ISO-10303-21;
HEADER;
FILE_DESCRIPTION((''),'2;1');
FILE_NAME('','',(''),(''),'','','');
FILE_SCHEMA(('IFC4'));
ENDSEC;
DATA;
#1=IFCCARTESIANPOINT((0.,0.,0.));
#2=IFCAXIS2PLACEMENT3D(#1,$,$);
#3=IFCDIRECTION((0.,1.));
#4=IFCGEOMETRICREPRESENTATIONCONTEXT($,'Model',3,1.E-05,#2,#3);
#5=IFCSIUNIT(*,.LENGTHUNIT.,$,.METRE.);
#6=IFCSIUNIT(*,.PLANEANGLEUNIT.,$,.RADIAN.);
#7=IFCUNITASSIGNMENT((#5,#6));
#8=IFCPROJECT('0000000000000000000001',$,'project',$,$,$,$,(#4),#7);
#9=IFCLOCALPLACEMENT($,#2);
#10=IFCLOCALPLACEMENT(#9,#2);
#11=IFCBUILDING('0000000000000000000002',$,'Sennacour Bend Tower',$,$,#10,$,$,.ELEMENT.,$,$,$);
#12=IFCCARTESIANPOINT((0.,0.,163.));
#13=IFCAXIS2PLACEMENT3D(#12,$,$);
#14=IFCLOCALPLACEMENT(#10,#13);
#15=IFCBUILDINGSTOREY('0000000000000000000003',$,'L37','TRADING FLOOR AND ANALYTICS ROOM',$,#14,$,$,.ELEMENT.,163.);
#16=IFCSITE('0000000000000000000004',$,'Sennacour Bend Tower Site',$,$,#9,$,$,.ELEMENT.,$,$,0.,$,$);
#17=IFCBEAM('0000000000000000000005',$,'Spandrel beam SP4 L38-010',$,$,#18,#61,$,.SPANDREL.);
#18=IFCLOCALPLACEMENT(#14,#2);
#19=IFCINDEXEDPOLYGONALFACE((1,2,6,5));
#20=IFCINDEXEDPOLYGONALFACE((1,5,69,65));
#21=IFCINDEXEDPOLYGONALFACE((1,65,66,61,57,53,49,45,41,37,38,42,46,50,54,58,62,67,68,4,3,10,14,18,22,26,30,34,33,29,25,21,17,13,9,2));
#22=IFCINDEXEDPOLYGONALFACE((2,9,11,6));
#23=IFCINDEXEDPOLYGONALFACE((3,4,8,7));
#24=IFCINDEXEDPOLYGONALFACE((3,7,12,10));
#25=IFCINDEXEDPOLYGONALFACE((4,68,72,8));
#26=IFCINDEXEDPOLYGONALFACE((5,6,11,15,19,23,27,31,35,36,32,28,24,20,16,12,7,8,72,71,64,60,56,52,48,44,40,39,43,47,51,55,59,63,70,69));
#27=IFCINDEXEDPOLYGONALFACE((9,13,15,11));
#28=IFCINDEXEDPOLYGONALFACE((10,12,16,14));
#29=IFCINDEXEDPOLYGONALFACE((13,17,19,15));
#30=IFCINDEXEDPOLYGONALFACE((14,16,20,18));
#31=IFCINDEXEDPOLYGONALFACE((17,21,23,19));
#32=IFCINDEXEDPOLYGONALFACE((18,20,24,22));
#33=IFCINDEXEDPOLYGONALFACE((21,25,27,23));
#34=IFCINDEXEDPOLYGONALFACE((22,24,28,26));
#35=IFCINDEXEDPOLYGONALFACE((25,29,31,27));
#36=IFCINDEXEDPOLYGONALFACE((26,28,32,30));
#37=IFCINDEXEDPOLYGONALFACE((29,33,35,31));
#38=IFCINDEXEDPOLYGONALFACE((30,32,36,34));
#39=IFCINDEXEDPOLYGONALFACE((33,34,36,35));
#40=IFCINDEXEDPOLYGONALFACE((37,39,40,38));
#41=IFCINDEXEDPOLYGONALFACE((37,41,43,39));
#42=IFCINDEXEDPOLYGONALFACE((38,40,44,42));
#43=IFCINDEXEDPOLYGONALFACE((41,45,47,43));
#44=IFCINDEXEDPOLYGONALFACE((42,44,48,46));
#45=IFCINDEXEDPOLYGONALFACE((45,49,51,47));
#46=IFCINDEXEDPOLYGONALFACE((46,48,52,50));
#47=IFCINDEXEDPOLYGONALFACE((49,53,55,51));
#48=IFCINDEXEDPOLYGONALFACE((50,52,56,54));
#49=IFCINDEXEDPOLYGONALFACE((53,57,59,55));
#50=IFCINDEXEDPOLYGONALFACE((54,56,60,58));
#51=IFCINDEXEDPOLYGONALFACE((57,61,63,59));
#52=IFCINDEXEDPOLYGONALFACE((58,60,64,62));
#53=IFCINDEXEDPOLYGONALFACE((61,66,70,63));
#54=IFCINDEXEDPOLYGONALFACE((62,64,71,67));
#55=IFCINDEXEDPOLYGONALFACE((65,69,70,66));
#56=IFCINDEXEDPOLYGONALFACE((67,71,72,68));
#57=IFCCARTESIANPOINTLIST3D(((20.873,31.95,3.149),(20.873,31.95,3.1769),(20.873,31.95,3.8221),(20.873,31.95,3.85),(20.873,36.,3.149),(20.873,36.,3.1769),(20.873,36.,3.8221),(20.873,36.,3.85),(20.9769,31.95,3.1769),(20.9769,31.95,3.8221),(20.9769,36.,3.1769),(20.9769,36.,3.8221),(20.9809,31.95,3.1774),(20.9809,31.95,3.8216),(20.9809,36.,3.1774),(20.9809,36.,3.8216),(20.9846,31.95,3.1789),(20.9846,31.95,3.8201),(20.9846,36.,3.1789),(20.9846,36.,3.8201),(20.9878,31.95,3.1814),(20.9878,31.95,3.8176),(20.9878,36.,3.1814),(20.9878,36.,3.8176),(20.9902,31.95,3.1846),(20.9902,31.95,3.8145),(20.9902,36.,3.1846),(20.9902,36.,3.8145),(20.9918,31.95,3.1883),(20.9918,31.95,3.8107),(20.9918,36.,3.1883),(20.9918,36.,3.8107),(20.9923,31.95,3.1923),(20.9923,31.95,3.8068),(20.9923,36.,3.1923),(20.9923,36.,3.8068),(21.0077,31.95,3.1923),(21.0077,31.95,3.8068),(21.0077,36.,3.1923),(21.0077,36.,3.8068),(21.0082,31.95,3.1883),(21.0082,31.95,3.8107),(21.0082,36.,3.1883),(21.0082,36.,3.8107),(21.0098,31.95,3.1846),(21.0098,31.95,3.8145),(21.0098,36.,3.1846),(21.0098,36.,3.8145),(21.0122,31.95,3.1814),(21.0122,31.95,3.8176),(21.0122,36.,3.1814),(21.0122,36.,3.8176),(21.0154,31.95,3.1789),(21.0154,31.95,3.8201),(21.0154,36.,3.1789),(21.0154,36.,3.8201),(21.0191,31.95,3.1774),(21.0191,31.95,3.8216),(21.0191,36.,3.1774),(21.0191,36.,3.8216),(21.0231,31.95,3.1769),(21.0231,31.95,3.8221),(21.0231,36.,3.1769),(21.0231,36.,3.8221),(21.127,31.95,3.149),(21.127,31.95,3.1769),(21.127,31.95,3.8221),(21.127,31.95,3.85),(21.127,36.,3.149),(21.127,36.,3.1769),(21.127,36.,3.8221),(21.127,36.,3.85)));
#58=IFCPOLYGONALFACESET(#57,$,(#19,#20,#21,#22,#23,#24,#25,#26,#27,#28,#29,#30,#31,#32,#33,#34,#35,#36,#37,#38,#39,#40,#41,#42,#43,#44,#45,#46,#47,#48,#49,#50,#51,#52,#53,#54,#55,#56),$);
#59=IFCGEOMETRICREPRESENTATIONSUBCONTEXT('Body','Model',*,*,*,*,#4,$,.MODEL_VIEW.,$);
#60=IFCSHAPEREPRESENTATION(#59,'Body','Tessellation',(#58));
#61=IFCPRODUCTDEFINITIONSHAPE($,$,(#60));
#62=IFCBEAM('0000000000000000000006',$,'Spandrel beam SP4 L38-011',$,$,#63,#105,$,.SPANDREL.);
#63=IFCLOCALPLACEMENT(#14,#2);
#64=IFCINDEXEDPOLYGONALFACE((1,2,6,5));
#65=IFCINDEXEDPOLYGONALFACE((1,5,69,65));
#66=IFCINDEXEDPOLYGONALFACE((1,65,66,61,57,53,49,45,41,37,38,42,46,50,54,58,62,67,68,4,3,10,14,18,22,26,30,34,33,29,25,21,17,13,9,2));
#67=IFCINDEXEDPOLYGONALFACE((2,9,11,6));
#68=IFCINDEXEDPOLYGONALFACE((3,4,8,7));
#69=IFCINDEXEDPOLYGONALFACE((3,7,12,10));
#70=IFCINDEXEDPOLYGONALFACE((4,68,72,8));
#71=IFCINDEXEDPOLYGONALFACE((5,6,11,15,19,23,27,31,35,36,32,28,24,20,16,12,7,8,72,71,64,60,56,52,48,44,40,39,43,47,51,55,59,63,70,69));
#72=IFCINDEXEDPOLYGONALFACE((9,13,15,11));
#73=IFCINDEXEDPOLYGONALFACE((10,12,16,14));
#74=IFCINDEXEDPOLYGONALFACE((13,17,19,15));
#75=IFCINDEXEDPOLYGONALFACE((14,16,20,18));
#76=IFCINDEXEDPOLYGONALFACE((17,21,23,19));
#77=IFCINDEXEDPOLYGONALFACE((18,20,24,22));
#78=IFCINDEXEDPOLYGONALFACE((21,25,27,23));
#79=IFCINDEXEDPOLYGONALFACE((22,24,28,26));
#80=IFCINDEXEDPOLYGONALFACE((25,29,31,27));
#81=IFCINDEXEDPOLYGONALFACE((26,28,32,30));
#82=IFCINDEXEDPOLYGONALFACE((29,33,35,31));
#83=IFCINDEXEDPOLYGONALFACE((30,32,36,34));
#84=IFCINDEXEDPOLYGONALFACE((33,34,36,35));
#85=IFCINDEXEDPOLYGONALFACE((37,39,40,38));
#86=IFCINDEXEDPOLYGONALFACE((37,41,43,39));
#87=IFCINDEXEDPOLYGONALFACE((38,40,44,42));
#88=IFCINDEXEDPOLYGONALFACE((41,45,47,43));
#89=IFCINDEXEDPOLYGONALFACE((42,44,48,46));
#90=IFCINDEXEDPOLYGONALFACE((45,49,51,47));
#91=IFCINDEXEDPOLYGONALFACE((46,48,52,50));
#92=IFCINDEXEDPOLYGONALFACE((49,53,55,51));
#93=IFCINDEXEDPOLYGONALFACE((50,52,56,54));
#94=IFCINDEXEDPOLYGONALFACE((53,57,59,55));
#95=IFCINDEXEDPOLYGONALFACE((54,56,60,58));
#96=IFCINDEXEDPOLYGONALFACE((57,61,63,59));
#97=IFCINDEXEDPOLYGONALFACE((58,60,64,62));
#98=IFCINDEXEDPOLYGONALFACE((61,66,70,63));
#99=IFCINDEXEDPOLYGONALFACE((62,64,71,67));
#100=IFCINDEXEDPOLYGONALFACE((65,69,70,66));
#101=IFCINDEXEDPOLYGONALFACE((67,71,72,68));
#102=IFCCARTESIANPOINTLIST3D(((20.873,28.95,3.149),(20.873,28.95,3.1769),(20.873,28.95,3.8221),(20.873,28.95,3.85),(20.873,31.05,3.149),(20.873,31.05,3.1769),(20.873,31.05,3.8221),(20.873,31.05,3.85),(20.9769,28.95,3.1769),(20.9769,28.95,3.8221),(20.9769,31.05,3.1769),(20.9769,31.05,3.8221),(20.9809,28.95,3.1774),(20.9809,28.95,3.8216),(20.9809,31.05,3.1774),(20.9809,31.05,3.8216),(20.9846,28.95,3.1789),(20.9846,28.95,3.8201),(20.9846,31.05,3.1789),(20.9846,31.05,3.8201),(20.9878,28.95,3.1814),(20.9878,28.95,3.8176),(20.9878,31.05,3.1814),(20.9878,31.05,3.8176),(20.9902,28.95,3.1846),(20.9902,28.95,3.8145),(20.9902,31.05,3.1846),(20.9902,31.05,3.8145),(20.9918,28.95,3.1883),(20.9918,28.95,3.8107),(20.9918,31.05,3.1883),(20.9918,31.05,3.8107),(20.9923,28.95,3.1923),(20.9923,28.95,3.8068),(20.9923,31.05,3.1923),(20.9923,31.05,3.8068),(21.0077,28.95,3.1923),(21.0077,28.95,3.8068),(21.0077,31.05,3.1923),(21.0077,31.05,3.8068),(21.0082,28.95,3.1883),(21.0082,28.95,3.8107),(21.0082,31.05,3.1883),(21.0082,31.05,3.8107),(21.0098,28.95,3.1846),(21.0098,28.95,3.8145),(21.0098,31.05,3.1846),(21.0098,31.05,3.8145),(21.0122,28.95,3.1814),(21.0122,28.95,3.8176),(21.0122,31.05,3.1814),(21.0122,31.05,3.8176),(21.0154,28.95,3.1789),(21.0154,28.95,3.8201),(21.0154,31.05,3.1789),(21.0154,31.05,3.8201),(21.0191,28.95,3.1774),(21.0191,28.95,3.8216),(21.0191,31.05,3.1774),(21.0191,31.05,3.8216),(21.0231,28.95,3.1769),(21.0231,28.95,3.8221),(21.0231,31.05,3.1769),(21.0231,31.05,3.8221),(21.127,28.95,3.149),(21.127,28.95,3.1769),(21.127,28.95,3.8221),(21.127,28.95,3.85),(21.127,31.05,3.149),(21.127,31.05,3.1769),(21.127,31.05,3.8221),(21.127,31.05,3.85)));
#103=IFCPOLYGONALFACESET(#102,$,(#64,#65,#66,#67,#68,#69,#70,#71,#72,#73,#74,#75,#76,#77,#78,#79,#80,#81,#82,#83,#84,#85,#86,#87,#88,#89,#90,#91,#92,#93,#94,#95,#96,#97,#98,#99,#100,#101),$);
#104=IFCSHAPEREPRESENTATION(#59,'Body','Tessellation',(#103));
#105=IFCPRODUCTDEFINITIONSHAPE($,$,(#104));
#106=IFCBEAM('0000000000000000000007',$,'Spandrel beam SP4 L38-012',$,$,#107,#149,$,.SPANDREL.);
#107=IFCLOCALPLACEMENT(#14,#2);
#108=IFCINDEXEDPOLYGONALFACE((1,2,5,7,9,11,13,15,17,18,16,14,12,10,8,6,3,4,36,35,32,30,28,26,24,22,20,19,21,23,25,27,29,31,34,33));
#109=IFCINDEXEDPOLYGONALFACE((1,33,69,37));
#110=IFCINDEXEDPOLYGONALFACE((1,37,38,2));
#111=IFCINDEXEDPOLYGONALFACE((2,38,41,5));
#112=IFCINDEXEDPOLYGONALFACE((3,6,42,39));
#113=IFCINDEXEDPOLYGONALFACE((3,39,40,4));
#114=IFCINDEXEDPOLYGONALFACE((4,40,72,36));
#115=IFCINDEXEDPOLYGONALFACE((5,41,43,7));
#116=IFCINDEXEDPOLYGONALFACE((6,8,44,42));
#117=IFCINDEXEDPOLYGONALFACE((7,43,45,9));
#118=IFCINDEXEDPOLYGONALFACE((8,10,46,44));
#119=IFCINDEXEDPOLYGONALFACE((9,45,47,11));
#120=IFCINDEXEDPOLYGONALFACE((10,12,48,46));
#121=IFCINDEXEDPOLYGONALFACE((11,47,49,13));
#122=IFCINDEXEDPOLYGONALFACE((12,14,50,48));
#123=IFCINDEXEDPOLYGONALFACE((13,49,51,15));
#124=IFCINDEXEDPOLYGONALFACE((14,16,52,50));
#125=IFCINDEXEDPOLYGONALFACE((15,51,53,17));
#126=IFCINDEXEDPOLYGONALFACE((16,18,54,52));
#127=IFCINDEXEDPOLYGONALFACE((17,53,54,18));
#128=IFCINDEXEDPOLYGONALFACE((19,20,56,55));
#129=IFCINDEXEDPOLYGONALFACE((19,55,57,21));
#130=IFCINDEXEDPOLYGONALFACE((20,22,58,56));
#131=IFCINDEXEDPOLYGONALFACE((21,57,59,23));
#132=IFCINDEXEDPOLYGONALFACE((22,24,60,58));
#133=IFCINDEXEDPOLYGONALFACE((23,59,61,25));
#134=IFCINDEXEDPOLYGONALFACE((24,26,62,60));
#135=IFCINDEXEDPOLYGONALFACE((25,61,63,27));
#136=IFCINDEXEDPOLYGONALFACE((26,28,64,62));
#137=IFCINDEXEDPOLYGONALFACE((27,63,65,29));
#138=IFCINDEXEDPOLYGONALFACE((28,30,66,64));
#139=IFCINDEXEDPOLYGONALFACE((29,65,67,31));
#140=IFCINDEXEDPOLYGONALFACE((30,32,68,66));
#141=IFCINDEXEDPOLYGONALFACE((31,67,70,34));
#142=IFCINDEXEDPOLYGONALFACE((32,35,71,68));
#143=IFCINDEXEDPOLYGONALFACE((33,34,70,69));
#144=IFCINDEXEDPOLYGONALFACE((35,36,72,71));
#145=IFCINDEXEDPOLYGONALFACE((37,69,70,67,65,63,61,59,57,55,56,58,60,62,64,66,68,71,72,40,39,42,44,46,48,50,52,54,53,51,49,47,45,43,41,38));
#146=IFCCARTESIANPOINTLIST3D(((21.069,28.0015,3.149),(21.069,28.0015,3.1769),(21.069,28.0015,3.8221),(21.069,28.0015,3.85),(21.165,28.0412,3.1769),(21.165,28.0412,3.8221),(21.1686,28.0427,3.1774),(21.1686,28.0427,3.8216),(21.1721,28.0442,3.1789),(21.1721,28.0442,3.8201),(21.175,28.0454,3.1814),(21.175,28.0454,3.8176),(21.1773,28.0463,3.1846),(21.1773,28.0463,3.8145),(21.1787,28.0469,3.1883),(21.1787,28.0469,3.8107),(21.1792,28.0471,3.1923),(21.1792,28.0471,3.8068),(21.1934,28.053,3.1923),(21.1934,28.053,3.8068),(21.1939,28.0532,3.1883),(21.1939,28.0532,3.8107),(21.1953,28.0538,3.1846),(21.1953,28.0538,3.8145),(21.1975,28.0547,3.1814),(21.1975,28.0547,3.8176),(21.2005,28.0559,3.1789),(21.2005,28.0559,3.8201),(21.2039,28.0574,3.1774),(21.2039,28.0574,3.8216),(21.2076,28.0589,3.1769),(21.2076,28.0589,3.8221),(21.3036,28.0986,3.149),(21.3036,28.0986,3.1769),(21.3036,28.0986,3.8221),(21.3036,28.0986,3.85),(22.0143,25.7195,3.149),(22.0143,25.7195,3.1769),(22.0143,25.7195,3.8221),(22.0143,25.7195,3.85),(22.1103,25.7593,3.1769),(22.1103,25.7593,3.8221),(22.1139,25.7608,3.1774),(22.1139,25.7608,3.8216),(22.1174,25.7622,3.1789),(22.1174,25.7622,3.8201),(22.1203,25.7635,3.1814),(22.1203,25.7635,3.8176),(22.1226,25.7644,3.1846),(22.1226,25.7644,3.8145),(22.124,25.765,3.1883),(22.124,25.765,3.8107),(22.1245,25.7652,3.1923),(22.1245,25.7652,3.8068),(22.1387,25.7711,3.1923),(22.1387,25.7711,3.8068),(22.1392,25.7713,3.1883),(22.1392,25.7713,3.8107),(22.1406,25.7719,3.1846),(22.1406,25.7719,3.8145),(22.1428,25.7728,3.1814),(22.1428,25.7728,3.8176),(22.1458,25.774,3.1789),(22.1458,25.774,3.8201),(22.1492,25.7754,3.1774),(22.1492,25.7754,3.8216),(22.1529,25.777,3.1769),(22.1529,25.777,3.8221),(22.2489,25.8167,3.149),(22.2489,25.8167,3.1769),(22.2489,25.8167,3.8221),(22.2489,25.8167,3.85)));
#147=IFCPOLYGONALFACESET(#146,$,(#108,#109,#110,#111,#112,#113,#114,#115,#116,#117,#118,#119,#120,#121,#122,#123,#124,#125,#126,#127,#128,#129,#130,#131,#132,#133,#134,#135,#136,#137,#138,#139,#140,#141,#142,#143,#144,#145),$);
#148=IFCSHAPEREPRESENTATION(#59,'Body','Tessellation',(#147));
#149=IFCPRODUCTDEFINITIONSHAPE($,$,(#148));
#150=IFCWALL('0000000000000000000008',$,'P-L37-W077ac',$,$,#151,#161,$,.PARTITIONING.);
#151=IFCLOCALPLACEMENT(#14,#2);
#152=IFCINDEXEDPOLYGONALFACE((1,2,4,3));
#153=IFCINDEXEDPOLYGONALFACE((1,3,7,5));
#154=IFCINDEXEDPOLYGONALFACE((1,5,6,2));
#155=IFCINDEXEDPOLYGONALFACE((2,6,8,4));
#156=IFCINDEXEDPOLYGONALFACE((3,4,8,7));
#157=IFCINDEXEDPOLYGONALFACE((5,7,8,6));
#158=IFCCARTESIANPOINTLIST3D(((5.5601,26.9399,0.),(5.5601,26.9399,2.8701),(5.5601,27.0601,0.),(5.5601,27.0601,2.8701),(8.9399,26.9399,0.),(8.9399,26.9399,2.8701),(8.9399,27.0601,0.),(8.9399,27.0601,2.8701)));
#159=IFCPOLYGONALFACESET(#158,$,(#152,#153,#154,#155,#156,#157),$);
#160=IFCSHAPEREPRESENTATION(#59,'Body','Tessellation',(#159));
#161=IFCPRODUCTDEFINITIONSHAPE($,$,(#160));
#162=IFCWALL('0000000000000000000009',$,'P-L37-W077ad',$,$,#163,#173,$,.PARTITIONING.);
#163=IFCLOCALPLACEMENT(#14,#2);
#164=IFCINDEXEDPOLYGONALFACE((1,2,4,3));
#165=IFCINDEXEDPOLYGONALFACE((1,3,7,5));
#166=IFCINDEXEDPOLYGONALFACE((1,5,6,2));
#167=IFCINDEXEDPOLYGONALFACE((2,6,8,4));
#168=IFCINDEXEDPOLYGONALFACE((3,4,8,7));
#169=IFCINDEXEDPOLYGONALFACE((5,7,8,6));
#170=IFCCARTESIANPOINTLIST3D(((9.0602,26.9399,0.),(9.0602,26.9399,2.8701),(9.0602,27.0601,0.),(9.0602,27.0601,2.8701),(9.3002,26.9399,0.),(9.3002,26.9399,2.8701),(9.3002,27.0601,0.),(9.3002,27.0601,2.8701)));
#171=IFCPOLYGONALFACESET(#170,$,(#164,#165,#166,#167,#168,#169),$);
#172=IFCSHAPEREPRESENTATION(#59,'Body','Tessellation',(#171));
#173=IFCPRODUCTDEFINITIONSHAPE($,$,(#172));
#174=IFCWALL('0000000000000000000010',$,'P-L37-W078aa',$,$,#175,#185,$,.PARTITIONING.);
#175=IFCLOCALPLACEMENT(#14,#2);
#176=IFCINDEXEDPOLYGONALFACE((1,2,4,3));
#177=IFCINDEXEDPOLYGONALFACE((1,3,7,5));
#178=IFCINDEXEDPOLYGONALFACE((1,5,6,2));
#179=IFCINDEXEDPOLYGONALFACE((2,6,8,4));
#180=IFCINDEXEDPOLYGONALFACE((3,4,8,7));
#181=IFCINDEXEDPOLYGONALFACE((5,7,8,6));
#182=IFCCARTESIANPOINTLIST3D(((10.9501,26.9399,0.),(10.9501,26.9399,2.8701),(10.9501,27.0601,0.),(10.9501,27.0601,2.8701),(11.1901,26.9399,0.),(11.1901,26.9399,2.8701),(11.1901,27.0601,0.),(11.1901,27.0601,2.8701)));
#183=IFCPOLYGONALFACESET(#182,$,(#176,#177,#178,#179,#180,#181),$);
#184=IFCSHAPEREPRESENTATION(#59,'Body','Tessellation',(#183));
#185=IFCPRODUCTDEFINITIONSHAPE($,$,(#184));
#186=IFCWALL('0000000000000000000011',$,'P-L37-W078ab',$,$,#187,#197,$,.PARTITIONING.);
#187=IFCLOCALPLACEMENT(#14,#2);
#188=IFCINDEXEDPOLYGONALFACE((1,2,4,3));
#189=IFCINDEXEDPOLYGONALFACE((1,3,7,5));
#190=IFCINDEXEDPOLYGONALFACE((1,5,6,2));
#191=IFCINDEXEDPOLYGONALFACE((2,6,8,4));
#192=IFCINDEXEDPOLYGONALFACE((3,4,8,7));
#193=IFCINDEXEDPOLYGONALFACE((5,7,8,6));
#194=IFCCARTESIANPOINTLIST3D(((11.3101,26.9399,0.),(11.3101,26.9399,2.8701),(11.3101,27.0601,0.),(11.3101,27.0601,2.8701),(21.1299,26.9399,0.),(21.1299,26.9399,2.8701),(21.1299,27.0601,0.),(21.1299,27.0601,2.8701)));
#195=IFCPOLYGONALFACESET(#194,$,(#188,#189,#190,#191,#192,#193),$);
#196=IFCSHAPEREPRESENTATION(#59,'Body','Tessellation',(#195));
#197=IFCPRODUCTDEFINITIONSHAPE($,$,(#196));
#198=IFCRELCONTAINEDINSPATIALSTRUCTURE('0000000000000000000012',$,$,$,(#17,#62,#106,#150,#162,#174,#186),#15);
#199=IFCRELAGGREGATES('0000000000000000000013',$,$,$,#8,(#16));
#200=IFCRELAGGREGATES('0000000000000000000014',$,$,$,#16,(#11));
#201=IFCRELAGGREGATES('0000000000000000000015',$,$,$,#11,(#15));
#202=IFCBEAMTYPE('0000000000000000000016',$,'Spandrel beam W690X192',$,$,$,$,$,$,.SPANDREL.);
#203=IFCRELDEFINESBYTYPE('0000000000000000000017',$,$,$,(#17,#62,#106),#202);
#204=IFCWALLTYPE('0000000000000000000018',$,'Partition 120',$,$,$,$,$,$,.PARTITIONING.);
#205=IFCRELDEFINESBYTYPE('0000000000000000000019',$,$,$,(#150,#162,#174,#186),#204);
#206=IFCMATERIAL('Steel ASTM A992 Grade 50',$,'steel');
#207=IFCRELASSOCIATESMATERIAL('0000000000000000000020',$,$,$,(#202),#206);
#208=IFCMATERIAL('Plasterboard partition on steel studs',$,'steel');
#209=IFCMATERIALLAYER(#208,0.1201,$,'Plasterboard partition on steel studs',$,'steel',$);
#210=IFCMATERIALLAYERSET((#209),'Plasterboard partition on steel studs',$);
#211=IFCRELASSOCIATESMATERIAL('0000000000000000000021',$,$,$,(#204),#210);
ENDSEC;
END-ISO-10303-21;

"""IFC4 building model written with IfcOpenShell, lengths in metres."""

from ifc_helpers import new_model, si_unit, direction, frame, frame_2d, origin, origin_2d, place, context, subcontext, project, spatial, rectangle, i_section, extrude, material, layer, layer_set, material_profile, profile_set, type_object, element, save


model = new_model("IFC4")

# Units and contexts
model_context = context("Model", 3, precision=1e-05, world=origin(), true_north=direction((0.0, 1.0)))
body_context = subcontext(model_context, "Body", "Model", "MODEL_VIEW")
ifc_project = project(units=[si_unit("LENGTHUNIT", "METRE"), si_unit("PLANEANGLEUNIT", "RADIAN")], contexts=[model_context])

# Site, building, storey
site_placement = place(None, origin())
site = spatial("IfcSite", under=ifc_project, at=site_placement, Name="Sennacour Bend Tower Site", CompositionType="ELEMENT", RefElevation=0.0)
building_placement = place(site_placement, origin())
building = spatial("IfcBuilding", under=site, at=building_placement, Name="Sennacour Bend Tower", CompositionType="ELEMENT")
storey_placement = place(building_placement, frame((0.0, 0.0, 163.0)))
storey = spatial("IfcBuildingStorey", under=building, at=storey_placement, Name="L37", Description="TRADING FLOOR AND ANALYTICS ROOM", CompositionType="ELEMENT", Elevation=163.0)

# Beams
ifc_material_1 = material(Name="Steel ASTM A992 Grade 50", Category="steel")
ifc_material_profile_1 = material_profile(ifc_material_1, i_section(OverallWidth=0.2539, OverallDepth=0.7009, WebThickness=0.0154, FlangeThickness=0.0278, FilletRadius=0.0154, at=origin_2d()), Name="Steel ASTM A992 Grade 50", Category="steel")
ifc_profile_set_1 = profile_set([ifc_material_profile_1], Name="Steel ASTM A992 Grade 50")
beam_type_1 = type_object("IfcBeamType", Name="Spandrel beam W690X192", PredefinedType="SPANDREL", material=ifc_profile_set_1)
beam_1_placement = place(storey_placement, frame((21.0, 36.0, 3.4995), z_axis=(0.0, -1.0, 0.0), x_axis=(1.0, 0.0, 0.0)))
element("IfcBeam", 1, at=beam_1_placement, inside=storey, type_object=beam_type_1, Name="Spandrel beam SP4 L38-010", PredefinedType="SPANDREL", context=body_context, shape_type="SweptSolid", body=[
    extrude(i_section(OverallWidth=0.2539, OverallDepth=0.7009, WebThickness=0.0154, FlangeThickness=0.0278, FilletRadius=0.0154, at=origin_2d()), origin(), (0.0, 0.0, 1.0), 4.05),
])
beam_2_placement = place(storey_placement, frame((21.0, 31.05, 3.4995), z_axis=(0.0, -1.0, 0.0), x_axis=(1.0, 0.0, 0.0)))
element("IfcBeam", 2, at=beam_2_placement, inside=storey, type_object=beam_type_1, Name="Spandrel beam SP4 L38-011", PredefinedType="SPANDREL", context=body_context, shape_type="SweptSolid", body=[
    extrude(i_section(OverallWidth=0.2539, OverallDepth=0.7009, WebThickness=0.0154, FlangeThickness=0.0278, FilletRadius=0.0154, at=origin_2d()), origin(), (0.0, 0.0, 1.0), 2.1001),
])
beam_3_placement = place(storey_placement, frame((21.1863, 28.05, 3.4995), z_axis=(0.382713, -0.923867, 0.0), x_axis=(0.923867, 0.382713, 0.0)))
element("IfcBeam", 3, at=beam_3_placement, inside=storey, type_object=beam_type_1, Name="Spandrel beam SP4 L38-012", PredefinedType="SPANDREL", context=body_context, shape_type="SweptSolid", body=[
    extrude(i_section(OverallWidth=0.2539, OverallDepth=0.7009, WebThickness=0.0154, FlangeThickness=0.0278, FilletRadius=0.0154, at=origin_2d()), origin(), (0.0, 0.0, 1.0), 2.47),
])

# Walls
ifc_material_2 = material(Name="Plasterboard partition on steel studs", Category="steel")
ifc_layer_1 = layer(ifc_material_2, 0.1201, Name="Plasterboard partition on steel studs", Category="steel")
ifc_layer_set_1 = layer_set([ifc_layer_1], Name="Plasterboard partition on steel studs")
wall_type_1 = type_object("IfcWallType", Name="Partition 120", PredefinedType="PARTITIONING", material=ifc_layer_set_1)
wall_1_placement = place(storey_placement, frame((5.5601, 27.0, 0.0), z_axis=(0.0, 0.0, 1.0), x_axis=(1.0, 0.0, 0.0)))
element("IfcWall", 4, at=wall_1_placement, inside=storey, type_object=wall_type_1, Name="P-L37-W077ac", PredefinedType="PARTITIONING", context=body_context, shape_type="SweptSolid", body=[
    extrude(rectangle(XDim=3.3799, YDim=0.1201, at=frame_2d((1.6899, 0.0))), origin(), (0.0, 0.0, 1.0), 2.8701),
])
for number, where, z_axis, x_axis, name in (
    (5, (9.0601, 27.0, 0.0), (0.0, 0.0, 1.0), (1.0, 0.0, 0.0), "P-L37-W077ad"),
    (6, (10.95, 27.0, 0.0), (0.0, 0.0, 1.0), (1.0, 0.0, 0.0), "P-L37-W078aa"),
):
    element("IfcWall", number, at=place(storey_placement, frame(where, z_axis=z_axis, x_axis=x_axis)), inside=storey, type_object=wall_type_1, Name=name, PredefinedType="PARTITIONING", context=body_context, shape_type="SweptSolid", body=[
        extrude(rectangle(XDim=0.24, YDim=0.1201, at=frame_2d((0.1201, 0.0))), origin(), (0.0, 0.0, 1.0), 2.8701),
    ])
wall_2_placement = place(storey_placement, frame((11.3101, 27.0, 0.0), z_axis=(0.0, 0.0, 1.0), x_axis=(1.0, 0.0, 0.0)))
element("IfcWall", 7, at=wall_2_placement, inside=storey, type_object=wall_type_1, Name="P-L37-W078ab", PredefinedType="PARTITIONING", context=body_context, shape_type="SweptSolid", body=[
    extrude(rectangle(XDim=9.8198, YDim=0.1201, at=frame_2d((4.9099, 0.0))), origin(), (0.0, 0.0, 1.0), 2.8701),
])

save(model, "model.ifc")
